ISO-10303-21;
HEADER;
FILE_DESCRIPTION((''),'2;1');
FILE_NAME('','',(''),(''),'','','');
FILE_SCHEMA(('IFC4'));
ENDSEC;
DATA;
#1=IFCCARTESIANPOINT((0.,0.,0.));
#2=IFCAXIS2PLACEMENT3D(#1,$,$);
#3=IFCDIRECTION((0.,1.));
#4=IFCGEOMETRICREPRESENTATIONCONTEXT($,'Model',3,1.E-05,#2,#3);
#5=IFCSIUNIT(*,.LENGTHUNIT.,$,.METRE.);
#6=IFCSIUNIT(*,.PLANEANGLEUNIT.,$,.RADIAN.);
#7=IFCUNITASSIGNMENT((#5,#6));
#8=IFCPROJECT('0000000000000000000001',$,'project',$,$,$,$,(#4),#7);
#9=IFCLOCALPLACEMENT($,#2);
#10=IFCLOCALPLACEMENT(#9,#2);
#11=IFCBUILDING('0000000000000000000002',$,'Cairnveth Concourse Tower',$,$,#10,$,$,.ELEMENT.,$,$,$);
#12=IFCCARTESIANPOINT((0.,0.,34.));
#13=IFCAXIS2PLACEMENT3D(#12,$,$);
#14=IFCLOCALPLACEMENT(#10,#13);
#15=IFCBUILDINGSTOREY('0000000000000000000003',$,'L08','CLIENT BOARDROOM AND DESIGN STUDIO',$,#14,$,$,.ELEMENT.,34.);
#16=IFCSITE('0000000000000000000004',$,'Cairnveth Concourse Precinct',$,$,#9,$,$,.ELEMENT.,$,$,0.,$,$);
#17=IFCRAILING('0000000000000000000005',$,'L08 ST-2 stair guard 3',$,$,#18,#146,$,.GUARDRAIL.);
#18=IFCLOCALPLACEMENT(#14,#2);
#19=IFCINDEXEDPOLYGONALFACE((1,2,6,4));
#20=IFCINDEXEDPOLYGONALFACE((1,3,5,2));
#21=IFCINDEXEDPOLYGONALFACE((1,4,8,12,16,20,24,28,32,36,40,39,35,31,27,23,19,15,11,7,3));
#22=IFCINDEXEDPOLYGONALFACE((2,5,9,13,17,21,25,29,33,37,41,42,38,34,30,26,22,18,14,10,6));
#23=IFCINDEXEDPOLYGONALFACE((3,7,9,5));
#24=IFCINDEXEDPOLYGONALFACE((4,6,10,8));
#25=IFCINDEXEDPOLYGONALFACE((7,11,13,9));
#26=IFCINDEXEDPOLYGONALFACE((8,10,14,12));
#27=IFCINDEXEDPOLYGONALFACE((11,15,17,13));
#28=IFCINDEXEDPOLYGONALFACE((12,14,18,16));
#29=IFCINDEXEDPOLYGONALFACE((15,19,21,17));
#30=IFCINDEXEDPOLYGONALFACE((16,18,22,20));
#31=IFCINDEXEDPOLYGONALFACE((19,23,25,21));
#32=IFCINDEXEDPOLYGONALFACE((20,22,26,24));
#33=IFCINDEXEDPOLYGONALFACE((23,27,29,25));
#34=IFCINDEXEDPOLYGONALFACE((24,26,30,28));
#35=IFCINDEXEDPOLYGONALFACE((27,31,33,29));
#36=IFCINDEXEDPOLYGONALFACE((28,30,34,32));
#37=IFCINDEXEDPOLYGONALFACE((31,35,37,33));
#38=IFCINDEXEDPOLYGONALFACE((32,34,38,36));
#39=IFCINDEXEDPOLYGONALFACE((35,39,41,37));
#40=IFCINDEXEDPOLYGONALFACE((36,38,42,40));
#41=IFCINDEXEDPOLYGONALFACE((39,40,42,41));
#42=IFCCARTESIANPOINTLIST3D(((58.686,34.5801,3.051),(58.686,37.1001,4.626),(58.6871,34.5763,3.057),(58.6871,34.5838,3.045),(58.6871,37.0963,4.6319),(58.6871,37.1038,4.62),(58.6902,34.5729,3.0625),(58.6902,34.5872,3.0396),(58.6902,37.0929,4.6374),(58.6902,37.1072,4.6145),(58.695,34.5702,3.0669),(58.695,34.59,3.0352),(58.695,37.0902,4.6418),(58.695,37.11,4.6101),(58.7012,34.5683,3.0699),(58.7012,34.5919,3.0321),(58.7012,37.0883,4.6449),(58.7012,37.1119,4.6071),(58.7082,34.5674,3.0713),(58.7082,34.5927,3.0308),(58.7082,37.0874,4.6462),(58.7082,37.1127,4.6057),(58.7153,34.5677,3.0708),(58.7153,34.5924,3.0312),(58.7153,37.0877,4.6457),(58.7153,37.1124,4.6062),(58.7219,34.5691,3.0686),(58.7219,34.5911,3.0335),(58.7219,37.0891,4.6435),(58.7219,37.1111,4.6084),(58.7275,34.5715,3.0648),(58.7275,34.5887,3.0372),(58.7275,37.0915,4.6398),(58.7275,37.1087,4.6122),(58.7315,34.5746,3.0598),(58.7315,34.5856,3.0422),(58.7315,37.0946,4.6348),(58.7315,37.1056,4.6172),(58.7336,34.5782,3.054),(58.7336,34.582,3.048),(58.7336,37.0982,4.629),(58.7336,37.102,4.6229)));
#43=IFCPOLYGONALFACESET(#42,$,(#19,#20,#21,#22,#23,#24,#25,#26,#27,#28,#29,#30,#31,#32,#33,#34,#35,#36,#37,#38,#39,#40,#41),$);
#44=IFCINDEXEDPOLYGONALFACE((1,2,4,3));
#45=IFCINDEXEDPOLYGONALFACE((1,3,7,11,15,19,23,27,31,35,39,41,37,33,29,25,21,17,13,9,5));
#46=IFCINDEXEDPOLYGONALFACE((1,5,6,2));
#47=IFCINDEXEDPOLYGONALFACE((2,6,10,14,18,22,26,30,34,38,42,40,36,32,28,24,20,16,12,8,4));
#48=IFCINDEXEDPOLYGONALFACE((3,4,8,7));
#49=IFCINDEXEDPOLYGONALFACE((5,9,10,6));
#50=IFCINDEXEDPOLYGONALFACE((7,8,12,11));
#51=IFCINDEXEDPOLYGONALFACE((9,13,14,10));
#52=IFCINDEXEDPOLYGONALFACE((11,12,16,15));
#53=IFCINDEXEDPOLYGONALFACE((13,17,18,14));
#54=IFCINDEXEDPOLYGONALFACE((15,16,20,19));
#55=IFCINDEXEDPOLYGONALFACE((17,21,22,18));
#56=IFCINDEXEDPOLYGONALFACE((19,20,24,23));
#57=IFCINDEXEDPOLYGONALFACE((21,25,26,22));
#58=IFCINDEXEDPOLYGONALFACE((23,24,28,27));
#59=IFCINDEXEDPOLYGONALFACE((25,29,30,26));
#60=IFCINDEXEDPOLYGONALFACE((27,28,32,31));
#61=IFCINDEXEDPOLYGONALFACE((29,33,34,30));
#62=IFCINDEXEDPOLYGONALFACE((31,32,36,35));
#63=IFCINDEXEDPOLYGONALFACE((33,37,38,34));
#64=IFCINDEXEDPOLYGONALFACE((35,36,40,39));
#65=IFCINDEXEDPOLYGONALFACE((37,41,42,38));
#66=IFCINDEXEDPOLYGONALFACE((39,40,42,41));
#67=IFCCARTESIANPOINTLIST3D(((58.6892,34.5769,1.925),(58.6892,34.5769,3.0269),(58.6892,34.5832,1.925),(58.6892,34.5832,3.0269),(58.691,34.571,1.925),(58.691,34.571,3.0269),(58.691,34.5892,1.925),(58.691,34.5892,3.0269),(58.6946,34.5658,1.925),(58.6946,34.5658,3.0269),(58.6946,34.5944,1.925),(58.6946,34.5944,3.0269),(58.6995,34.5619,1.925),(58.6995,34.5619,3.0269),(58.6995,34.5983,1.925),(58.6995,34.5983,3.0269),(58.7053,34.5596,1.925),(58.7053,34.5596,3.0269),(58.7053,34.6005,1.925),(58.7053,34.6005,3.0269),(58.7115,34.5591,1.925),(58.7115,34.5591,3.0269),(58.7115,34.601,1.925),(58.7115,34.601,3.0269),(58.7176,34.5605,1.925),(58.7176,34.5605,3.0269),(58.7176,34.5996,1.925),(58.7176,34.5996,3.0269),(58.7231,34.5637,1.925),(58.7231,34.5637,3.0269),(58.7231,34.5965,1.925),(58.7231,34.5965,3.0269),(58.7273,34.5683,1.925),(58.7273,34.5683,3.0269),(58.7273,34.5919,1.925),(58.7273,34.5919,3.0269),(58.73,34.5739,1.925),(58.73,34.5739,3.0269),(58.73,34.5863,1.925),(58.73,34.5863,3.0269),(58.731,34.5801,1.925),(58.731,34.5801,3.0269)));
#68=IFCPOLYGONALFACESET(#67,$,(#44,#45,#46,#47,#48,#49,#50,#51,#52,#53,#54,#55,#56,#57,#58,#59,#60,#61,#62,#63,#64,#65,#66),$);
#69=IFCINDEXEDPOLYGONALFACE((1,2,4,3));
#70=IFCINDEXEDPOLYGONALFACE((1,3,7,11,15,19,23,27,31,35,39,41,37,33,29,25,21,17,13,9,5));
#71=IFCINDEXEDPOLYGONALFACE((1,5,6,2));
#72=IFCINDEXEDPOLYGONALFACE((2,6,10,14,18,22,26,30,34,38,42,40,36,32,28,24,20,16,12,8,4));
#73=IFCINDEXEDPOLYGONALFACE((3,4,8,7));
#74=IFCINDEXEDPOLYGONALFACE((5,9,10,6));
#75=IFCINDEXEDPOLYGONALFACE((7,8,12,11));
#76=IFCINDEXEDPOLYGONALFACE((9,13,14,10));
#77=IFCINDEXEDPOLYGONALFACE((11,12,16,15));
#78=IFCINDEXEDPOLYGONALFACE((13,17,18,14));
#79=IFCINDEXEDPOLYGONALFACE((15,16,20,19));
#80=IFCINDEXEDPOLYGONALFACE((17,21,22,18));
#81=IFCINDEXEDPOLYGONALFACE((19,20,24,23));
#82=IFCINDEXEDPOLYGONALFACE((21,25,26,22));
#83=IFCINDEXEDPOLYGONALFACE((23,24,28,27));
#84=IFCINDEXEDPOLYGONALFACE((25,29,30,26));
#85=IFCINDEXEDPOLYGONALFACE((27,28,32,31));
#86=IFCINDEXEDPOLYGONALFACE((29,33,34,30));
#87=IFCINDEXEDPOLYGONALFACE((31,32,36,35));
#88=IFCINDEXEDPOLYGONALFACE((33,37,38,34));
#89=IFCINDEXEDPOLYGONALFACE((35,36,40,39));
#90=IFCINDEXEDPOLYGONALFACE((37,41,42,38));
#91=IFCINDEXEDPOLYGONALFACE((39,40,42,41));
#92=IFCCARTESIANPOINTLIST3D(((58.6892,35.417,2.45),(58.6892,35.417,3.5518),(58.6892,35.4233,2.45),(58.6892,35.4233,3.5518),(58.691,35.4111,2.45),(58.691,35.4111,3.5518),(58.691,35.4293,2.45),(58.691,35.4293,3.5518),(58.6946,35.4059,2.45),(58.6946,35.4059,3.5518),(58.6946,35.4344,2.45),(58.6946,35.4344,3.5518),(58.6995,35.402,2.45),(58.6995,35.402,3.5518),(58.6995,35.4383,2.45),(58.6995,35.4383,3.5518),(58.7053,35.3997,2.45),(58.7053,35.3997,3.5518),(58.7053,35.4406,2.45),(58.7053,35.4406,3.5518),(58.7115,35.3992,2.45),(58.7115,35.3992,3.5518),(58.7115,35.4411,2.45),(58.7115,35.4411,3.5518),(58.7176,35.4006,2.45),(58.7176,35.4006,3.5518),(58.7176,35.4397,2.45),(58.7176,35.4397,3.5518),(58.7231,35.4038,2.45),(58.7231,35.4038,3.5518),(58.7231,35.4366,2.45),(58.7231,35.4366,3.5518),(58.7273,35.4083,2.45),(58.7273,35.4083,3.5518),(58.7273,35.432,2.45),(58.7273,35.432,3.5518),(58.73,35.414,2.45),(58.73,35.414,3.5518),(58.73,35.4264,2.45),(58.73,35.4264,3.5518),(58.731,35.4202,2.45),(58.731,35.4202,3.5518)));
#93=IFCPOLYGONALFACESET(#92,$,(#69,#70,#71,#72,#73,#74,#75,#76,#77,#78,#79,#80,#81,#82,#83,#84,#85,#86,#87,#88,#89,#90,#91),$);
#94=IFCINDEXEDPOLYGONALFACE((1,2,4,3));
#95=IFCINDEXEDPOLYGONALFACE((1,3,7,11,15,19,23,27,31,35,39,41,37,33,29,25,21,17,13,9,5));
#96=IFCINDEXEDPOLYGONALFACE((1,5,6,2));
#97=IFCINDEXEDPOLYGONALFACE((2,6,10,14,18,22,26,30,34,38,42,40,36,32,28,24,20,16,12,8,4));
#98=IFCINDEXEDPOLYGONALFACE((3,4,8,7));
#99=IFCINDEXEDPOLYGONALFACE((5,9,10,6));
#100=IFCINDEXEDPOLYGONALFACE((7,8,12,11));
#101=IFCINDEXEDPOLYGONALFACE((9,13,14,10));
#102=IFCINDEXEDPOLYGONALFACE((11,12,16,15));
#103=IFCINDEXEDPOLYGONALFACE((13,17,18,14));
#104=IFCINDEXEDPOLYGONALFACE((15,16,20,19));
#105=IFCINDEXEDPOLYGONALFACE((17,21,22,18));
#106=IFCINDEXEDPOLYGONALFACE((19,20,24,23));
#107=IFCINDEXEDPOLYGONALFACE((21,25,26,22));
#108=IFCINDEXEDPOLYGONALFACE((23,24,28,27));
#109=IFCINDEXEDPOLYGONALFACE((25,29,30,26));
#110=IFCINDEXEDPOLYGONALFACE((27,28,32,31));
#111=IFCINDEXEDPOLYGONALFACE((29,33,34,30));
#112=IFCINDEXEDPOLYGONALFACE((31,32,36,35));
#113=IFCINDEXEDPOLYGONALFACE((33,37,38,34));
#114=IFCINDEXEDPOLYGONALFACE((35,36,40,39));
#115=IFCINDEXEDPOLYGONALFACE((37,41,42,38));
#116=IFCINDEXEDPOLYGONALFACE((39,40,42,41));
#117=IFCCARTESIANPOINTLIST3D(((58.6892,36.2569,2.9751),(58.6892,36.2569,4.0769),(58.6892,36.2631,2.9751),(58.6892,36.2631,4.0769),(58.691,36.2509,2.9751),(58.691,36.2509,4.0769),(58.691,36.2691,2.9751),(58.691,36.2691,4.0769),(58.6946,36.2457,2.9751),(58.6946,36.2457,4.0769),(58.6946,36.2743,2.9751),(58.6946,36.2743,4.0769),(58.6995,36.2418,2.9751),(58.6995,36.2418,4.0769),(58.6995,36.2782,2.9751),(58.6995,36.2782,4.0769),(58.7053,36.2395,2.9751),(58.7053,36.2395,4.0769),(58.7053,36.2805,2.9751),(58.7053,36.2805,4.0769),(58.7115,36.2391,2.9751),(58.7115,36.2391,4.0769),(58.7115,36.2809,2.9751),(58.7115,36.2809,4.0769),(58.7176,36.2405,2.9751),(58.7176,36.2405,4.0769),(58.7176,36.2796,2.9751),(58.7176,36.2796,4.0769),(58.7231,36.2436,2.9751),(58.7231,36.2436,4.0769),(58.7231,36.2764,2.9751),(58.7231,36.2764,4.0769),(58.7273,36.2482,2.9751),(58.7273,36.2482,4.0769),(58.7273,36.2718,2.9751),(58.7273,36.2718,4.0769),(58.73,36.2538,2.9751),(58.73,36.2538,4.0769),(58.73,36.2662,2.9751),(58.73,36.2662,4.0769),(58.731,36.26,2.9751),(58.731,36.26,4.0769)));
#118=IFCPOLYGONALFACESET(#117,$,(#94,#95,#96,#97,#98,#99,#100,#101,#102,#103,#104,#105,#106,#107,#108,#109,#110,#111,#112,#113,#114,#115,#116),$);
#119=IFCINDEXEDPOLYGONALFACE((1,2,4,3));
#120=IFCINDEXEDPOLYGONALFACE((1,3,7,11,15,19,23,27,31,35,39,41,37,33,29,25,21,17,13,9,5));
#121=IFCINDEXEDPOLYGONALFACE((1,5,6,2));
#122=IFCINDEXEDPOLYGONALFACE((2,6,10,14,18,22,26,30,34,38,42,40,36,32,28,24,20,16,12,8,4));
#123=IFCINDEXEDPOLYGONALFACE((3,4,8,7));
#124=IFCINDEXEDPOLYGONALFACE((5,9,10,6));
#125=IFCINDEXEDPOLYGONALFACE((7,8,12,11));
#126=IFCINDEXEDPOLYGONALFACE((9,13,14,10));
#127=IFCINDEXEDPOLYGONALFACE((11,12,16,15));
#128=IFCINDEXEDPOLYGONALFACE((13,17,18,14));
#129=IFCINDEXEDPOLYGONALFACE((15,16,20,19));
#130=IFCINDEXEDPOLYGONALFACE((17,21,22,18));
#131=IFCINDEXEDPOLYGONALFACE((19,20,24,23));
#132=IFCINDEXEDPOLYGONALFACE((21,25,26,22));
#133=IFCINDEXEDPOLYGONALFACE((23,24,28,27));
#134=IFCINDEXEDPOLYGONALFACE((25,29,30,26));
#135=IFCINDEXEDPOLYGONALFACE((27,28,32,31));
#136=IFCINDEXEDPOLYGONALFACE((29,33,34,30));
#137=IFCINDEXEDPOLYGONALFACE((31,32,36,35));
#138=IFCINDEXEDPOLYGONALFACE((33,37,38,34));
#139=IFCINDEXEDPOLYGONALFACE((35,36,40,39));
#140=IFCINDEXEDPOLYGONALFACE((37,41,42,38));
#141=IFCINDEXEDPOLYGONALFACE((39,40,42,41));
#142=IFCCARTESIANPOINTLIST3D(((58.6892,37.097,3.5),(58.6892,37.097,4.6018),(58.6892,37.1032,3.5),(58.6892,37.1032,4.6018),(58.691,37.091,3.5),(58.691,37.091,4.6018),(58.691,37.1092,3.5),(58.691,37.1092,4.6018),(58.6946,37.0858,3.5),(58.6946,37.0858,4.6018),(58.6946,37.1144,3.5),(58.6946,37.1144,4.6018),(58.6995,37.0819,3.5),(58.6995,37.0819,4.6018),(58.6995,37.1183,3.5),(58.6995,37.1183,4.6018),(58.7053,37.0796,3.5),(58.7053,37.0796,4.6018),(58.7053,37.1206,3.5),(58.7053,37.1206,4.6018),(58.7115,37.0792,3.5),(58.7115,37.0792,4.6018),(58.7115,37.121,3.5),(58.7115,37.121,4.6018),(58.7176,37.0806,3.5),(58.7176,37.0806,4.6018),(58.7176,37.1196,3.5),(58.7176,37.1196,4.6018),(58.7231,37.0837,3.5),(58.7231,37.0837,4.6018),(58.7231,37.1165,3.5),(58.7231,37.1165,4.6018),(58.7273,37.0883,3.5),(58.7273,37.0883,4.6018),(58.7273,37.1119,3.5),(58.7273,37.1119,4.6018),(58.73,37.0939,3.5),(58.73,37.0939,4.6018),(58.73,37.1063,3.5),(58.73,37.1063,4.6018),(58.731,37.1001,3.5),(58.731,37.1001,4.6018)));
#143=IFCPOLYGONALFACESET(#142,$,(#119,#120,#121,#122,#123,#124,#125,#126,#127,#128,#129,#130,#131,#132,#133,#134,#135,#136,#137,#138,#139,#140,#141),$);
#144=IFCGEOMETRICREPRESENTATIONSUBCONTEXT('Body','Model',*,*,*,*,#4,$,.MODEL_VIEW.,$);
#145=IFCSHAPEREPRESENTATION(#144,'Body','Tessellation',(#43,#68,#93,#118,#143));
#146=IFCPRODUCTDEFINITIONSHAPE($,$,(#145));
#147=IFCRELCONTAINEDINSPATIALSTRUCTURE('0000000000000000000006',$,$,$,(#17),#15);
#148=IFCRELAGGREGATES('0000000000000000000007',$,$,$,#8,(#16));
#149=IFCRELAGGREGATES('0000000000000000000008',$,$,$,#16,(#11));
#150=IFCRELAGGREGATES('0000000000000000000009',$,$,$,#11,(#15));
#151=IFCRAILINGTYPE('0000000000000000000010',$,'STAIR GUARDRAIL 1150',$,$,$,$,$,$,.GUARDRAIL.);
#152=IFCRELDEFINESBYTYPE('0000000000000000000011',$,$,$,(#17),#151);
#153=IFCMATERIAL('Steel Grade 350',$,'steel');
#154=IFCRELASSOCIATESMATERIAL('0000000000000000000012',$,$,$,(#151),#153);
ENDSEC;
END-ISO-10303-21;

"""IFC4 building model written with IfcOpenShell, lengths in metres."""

from ifc_helpers import new_model, si_unit, direction, frame, origin, origin_2d, place, context, subcontext, project, spatial, circle, extrude, material, type_object, element, save


model = new_model("IFC4")

# Units and contexts
model_context = context("Model", 3, precision=1e-05, world=origin(), true_north=direction((0.0, 1.0)))
body_context = subcontext(model_context, "Body", "Model", "MODEL_VIEW")
ifc_project = project(units=[si_unit("LENGTHUNIT", "METRE"), si_unit("PLANEANGLEUNIT", "RADIAN")], contexts=[model_context])

# Site, building, storey
site_placement = place(None, origin())
site = spatial("IfcSite", under=ifc_project, at=site_placement, Name="Cairnveth Concourse Precinct", CompositionType="ELEMENT", RefElevation=0.0)
building_placement = place(site_placement, origin())
building = spatial("IfcBuilding", under=site, at=building_placement, Name="Cairnveth Concourse Tower", CompositionType="ELEMENT")
storey_placement = place(building_placement, frame((0.0, 0.0, 34.0)))
storey = spatial("IfcBuildingStorey", under=building, at=storey_placement, Name="L08", Description="CLIENT BOARDROOM AND DESIGN STUDIO", CompositionType="ELEMENT", Elevation=34.0)

# Shared definitions
ifc_material_1 = material(Name="Steel Grade 350", Category="steel")

# Railing
railing_type_1 = type_object("IfcRailingType", Name="STAIR GUARDRAIL 1150", PredefinedType="GUARDRAIL", material=ifc_material_1)
railing_1_placement = place(storey_placement, frame((58.71, 34.5801, 1.925)))
element("IfcRailing", 1, at=railing_1_placement, inside=storey, type_object=railing_type_1, Name="L08 ST-2 stair guard 3", PredefinedType="GUARDRAIL", context=body_context, shape_type="SweptSolid", body=[
    extrude(circle(Radius=0.0239, at=origin_2d()), frame((0.0, 0.0, 1.126), z_axis=(0.0, 0.848008, 0.529984), x_axis=(-1.0, 0.0, 0.0)), (0.0, 0.0, 1.0), 2.9717),
    extrude(circle(Radius=0.021, at=origin_2d()), origin(), (0.0, 0.0, 1.0), 1.1018),
    extrude(circle(Radius=0.021, at=origin_2d()), frame((0.0, 0.8401, 0.5249)), (0.0, 0.0, 1.0), 1.1018),
    extrude(circle(Radius=0.021, at=origin_2d()), frame((0.0, 1.6799, 1.05)), (0.0, 0.0, 1.0), 1.1018),
    extrude(circle(Radius=0.021, at=origin_2d()), frame((0.0, 2.52, 1.575)), (0.0, 0.0, 1.0), 1.1018),
])

save(model, "model.ifc")
